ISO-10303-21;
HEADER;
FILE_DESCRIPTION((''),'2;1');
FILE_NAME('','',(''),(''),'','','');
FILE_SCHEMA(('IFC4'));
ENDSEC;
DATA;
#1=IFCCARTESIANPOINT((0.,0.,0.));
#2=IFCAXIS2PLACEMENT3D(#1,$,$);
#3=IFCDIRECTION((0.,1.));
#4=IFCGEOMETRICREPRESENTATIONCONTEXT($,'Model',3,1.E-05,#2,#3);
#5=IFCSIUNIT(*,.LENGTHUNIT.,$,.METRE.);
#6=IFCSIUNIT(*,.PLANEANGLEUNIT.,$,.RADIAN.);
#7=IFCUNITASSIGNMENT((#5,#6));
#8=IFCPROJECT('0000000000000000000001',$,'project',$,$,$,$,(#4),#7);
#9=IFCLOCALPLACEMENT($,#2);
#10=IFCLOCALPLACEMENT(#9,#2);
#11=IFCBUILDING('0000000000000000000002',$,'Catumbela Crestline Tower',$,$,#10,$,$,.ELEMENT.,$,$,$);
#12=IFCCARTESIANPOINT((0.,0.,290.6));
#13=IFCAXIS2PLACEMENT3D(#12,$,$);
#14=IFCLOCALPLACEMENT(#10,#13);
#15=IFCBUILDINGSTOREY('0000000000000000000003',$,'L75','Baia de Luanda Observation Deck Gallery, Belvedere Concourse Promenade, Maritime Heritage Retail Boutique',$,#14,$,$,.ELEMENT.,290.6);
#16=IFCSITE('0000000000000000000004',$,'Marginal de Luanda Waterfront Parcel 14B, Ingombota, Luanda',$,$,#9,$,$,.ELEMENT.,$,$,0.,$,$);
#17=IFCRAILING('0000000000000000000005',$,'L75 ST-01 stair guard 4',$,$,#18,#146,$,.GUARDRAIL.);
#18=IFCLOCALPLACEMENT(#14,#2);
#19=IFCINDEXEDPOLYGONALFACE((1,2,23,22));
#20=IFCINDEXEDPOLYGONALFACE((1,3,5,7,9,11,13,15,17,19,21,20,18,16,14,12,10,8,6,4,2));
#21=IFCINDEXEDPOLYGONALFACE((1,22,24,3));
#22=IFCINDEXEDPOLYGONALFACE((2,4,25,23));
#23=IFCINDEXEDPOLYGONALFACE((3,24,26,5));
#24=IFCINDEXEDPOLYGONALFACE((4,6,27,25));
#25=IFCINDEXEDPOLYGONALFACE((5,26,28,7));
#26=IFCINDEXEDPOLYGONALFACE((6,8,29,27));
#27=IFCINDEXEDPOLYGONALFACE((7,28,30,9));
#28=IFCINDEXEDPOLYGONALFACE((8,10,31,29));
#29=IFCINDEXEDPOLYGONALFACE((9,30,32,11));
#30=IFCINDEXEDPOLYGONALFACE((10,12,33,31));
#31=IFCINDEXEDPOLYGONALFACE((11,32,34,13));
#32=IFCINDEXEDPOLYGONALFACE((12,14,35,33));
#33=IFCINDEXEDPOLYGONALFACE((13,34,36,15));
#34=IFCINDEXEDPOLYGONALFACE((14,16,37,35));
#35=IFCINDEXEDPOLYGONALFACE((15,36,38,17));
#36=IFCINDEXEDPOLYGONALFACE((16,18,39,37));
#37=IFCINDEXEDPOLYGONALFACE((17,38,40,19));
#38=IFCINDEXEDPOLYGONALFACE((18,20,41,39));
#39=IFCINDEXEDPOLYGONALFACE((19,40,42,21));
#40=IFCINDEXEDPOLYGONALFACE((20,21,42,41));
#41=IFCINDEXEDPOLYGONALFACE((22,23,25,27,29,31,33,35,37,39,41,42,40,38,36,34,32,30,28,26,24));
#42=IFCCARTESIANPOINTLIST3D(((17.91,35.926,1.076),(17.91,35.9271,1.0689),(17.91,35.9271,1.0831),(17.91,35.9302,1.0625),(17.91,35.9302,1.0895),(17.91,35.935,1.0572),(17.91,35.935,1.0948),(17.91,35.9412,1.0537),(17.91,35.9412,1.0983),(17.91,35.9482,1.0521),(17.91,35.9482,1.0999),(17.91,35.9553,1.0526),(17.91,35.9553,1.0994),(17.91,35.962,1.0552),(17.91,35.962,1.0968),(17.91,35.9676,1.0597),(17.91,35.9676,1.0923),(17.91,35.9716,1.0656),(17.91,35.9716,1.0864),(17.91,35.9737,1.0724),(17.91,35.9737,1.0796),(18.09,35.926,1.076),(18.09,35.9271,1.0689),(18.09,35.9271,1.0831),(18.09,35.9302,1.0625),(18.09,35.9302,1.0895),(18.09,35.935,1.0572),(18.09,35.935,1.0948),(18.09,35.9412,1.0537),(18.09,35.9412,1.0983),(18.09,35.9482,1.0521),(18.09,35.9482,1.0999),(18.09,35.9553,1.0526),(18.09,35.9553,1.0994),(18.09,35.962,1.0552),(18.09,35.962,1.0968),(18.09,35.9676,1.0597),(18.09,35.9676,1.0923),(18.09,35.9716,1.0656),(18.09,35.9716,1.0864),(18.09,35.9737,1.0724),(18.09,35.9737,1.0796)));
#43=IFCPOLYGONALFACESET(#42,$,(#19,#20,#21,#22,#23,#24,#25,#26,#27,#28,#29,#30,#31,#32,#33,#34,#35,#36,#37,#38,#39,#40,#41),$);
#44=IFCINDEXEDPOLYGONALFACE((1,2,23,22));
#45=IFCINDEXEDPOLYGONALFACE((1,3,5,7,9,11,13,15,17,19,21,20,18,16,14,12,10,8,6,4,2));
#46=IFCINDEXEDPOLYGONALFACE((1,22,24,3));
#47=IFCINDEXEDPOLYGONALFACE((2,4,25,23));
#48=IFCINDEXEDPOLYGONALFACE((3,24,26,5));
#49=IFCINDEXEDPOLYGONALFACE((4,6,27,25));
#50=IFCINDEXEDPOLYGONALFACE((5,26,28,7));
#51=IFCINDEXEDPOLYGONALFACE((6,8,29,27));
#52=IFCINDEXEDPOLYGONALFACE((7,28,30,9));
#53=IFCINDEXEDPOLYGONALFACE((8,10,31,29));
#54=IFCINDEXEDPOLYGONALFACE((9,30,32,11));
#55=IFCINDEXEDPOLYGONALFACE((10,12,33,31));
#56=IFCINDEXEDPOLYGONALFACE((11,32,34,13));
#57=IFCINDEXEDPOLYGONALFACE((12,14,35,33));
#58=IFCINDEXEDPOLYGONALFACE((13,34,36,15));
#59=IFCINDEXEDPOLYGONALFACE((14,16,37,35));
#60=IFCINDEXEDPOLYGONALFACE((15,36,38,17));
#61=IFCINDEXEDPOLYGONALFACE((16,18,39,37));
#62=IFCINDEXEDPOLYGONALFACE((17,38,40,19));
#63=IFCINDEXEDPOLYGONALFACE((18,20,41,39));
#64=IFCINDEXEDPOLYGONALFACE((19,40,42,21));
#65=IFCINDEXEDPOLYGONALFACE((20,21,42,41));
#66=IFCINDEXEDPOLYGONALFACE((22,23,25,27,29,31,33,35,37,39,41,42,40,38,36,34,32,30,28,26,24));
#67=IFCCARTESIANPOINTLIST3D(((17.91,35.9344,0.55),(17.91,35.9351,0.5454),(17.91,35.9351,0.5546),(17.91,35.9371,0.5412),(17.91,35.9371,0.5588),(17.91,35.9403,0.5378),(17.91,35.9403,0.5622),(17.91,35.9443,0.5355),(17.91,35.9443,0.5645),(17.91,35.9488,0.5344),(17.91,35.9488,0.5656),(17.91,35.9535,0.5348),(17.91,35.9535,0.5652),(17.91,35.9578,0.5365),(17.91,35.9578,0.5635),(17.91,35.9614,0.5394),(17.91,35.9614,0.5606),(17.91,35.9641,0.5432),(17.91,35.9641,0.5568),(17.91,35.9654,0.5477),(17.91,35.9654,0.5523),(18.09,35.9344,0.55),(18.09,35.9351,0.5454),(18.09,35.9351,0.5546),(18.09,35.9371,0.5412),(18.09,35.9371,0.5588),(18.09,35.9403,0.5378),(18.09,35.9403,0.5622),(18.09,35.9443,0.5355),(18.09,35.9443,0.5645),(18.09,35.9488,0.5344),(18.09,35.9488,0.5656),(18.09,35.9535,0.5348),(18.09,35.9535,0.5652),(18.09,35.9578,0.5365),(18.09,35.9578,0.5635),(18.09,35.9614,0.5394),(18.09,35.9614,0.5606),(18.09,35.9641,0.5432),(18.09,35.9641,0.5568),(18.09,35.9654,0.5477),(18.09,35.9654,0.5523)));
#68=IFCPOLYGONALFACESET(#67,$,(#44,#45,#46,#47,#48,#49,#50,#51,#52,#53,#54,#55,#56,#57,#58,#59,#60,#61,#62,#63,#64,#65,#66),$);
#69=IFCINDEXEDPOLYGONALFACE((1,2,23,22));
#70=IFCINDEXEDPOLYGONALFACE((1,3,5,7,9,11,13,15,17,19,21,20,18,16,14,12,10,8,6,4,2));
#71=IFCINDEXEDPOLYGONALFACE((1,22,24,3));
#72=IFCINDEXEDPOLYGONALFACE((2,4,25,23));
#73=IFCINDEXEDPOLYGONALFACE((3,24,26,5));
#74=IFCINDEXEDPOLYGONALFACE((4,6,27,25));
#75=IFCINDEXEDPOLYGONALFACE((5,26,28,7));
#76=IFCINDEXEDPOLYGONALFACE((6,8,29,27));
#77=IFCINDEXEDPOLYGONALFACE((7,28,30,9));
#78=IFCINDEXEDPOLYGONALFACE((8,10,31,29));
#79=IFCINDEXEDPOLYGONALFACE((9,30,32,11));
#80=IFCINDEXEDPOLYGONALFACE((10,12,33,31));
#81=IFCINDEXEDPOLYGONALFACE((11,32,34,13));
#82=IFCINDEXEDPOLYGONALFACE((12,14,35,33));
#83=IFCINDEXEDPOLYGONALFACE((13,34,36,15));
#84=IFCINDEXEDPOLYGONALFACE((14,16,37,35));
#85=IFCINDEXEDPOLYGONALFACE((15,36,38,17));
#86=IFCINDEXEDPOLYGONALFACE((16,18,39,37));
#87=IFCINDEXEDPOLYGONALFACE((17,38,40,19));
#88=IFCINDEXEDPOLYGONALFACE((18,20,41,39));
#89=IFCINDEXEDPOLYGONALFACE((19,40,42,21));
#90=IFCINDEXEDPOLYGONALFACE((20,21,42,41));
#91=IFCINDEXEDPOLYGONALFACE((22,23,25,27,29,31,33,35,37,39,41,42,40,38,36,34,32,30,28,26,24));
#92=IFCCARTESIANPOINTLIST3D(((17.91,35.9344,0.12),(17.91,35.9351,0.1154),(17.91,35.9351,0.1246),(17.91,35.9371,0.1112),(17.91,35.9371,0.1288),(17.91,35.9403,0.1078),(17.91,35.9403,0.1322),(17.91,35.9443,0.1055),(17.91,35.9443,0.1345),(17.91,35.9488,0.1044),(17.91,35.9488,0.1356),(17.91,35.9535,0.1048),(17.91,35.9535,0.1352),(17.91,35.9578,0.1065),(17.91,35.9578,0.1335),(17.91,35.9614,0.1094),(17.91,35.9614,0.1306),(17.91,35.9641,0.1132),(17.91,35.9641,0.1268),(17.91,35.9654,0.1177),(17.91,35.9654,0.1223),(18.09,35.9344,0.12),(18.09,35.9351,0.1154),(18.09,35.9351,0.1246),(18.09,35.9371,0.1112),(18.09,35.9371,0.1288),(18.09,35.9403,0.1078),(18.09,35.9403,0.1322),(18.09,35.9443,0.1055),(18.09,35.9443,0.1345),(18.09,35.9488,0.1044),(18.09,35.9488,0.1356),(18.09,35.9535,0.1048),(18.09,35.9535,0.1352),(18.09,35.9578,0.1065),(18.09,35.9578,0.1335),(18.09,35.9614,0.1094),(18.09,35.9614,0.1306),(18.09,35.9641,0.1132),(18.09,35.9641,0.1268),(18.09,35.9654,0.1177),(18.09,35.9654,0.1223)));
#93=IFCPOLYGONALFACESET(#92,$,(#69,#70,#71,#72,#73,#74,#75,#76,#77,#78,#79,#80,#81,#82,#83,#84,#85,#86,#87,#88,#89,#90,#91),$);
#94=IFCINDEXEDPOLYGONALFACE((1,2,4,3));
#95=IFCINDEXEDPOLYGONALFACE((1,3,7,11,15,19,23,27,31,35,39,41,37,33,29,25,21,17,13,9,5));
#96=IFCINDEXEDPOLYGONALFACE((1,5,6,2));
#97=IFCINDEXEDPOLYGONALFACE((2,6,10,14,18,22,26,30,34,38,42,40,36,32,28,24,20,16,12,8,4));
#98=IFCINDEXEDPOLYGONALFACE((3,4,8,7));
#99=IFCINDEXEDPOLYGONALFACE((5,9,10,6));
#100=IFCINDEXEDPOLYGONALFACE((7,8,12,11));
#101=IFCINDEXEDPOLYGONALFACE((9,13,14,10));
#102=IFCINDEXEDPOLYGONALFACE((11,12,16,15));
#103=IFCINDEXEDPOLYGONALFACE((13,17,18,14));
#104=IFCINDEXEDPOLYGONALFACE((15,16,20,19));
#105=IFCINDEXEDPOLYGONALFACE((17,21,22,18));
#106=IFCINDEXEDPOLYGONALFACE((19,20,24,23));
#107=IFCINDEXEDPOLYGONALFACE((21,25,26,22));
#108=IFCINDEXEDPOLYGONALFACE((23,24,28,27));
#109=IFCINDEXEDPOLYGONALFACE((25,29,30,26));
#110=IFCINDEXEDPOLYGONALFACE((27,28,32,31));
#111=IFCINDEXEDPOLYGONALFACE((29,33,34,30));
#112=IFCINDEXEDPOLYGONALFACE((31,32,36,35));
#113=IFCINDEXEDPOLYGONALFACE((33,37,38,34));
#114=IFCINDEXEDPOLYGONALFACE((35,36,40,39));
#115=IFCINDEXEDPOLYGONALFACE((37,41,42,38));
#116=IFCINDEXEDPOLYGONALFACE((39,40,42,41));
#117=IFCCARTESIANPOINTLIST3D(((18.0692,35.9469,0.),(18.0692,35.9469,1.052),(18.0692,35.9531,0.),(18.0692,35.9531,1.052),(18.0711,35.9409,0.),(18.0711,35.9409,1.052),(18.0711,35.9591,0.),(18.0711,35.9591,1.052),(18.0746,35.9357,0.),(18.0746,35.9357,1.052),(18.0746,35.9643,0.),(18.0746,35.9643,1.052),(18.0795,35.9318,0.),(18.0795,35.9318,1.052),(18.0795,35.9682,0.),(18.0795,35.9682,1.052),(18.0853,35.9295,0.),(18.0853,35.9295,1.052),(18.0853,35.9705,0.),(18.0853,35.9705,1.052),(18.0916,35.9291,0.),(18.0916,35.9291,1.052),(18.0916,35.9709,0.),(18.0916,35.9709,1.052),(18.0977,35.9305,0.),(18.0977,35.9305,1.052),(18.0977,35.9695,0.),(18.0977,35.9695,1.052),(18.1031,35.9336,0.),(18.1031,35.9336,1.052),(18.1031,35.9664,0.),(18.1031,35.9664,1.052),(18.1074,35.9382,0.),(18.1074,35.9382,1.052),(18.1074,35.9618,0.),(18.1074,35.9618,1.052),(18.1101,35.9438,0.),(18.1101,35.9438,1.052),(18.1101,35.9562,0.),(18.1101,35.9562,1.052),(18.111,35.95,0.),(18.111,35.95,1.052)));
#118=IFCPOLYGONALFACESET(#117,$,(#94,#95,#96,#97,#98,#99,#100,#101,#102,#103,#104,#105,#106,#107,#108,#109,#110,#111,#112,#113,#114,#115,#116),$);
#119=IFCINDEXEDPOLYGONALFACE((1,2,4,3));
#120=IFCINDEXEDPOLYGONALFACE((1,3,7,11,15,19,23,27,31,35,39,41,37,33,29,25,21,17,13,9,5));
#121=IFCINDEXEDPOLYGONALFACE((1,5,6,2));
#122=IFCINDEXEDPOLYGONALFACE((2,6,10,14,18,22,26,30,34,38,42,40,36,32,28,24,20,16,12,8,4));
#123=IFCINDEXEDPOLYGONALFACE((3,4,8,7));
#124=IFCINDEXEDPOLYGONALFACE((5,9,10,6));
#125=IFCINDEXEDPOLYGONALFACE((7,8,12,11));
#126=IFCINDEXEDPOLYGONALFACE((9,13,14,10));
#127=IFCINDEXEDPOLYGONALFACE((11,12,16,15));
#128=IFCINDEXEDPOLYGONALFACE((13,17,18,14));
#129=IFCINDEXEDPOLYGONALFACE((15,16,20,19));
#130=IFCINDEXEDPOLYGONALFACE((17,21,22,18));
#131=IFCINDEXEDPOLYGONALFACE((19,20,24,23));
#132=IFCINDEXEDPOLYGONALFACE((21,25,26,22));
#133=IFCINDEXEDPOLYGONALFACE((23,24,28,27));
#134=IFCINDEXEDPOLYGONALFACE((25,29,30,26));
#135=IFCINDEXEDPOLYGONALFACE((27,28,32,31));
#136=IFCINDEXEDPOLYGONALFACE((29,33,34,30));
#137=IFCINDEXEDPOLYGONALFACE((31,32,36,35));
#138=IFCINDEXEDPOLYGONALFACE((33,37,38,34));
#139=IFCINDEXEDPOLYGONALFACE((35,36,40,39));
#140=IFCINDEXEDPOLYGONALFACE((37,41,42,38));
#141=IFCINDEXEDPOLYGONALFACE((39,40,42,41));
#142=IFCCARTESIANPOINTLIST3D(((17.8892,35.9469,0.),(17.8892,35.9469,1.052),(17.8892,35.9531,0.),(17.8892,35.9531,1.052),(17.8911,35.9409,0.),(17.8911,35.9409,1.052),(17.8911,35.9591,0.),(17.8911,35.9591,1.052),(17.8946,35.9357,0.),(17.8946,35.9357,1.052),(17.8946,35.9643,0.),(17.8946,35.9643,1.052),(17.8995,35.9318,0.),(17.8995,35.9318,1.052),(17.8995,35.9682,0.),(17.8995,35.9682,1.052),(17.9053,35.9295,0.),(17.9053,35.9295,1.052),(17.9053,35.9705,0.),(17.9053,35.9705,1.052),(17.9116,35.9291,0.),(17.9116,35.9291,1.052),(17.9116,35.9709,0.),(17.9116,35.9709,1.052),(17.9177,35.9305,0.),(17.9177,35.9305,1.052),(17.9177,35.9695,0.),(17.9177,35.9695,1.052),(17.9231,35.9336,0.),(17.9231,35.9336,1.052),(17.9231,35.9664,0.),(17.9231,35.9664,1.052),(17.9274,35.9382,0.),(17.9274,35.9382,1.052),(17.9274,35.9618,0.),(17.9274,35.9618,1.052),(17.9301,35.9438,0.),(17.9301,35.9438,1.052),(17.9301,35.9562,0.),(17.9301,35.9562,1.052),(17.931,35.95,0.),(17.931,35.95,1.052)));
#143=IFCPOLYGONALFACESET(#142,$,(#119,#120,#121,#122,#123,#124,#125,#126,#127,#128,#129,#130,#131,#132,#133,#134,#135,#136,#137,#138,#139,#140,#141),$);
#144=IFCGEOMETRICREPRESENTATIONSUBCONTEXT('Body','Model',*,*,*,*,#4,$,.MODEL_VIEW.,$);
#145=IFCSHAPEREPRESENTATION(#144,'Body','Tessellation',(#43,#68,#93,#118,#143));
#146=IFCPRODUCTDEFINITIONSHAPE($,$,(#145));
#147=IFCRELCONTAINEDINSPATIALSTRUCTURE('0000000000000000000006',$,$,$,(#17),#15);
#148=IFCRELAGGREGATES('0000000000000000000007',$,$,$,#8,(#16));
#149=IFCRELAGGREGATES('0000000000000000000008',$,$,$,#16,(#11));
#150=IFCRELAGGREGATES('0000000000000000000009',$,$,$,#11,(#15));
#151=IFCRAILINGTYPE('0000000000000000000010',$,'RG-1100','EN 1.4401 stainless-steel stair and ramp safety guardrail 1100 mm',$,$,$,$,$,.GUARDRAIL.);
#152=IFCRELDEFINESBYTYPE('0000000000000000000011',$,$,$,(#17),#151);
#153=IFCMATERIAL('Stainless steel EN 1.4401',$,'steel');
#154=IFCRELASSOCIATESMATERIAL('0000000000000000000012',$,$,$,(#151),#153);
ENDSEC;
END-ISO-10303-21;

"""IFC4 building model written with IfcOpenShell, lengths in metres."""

from ifc_helpers import new_model, si_unit, direction, frame, origin, origin_2d, place, context, subcontext, project, spatial, circle, extrude, material, type_object, element, save


model = new_model("IFC4")

# Units and contexts
model_context = context("Model", 3, precision=1e-05, world=origin(), true_north=direction((0.0, 1.0)))
body_context = subcontext(model_context, "Body", "Model", "MODEL_VIEW")
ifc_project = project(units=[si_unit("LENGTHUNIT", "METRE"), si_unit("PLANEANGLEUNIT", "RADIAN")], contexts=[model_context])

# Site, building, storey
site_placement = place(None, origin())
site = spatial("IfcSite", under=ifc_project, at=site_placement, Name="Marginal de Luanda Waterfront Parcel 14B, Ingombota, Luanda", CompositionType="ELEMENT", RefElevation=0.0)
building_placement = place(site_placement, origin())
building = spatial("IfcBuilding", under=site, at=building_placement, Name="Catumbela Crestline Tower", CompositionType="ELEMENT")
storey_placement = place(building_placement, frame((0.0, 0.0, 290.6)))
storey = spatial("IfcBuildingStorey", under=building, at=storey_placement, Name="L75", Description="Baia de Luanda Observation Deck Gallery, Belvedere Concourse Promenade, Maritime Heritage Retail Boutique", CompositionType="ELEMENT", Elevation=290.6)

# Shared definitions
ifc_material_1 = material(Name="Stainless steel EN 1.4401", Category="steel")

# Railing
railing_type_1 = type_object("IfcRailingType", Name="RG-1100", Description="EN 1.4401 stainless-steel stair and ramp safety guardrail 1100 mm", PredefinedType="GUARDRAIL", material=ifc_material_1)
railing_1_placement = place(storey_placement, frame((18.09, 35.95, 0.0)))
element("IfcRailing", 1, at=railing_1_placement, inside=storey, type_object=railing_type_1, Name="L75 ST-01 stair guard 4", PredefinedType="GUARDRAIL", context=body_context, shape_type="SweptSolid", body=[
    extrude(circle(Radius=0.024, at=origin_2d()), frame((0.0, 0.0, 1.076), z_axis=(-1.0, 0.0, 0.0), x_axis=(0.0, -1.0, 0.0)), (0.0, 0.0, 1.0), 0.18),
    extrude(circle(Radius=0.0156, at=origin_2d()), frame((0.0, 0.0, 0.55), z_axis=(-1.0, 0.0, 0.0), x_axis=(0.0, -1.0, 0.0)), (0.0, 0.0, 1.0), 0.18),
    extrude(circle(Radius=0.0156, at=origin_2d()), frame((0.0, 0.0, 0.12), z_axis=(-1.0, 0.0, 0.0), x_axis=(0.0, -1.0, 0.0)), (0.0, 0.0, 1.0), 0.18),
    extrude(circle(Radius=0.021, at=origin_2d()), origin(), (0.0, 0.0, 1.0), 1.052),
    extrude(circle(Radius=0.021, at=origin_2d()), frame((-0.18, 0.0, 0.0)), (0.0, 0.0, 1.0), 1.052),
])

save(model, "model.ifc")
